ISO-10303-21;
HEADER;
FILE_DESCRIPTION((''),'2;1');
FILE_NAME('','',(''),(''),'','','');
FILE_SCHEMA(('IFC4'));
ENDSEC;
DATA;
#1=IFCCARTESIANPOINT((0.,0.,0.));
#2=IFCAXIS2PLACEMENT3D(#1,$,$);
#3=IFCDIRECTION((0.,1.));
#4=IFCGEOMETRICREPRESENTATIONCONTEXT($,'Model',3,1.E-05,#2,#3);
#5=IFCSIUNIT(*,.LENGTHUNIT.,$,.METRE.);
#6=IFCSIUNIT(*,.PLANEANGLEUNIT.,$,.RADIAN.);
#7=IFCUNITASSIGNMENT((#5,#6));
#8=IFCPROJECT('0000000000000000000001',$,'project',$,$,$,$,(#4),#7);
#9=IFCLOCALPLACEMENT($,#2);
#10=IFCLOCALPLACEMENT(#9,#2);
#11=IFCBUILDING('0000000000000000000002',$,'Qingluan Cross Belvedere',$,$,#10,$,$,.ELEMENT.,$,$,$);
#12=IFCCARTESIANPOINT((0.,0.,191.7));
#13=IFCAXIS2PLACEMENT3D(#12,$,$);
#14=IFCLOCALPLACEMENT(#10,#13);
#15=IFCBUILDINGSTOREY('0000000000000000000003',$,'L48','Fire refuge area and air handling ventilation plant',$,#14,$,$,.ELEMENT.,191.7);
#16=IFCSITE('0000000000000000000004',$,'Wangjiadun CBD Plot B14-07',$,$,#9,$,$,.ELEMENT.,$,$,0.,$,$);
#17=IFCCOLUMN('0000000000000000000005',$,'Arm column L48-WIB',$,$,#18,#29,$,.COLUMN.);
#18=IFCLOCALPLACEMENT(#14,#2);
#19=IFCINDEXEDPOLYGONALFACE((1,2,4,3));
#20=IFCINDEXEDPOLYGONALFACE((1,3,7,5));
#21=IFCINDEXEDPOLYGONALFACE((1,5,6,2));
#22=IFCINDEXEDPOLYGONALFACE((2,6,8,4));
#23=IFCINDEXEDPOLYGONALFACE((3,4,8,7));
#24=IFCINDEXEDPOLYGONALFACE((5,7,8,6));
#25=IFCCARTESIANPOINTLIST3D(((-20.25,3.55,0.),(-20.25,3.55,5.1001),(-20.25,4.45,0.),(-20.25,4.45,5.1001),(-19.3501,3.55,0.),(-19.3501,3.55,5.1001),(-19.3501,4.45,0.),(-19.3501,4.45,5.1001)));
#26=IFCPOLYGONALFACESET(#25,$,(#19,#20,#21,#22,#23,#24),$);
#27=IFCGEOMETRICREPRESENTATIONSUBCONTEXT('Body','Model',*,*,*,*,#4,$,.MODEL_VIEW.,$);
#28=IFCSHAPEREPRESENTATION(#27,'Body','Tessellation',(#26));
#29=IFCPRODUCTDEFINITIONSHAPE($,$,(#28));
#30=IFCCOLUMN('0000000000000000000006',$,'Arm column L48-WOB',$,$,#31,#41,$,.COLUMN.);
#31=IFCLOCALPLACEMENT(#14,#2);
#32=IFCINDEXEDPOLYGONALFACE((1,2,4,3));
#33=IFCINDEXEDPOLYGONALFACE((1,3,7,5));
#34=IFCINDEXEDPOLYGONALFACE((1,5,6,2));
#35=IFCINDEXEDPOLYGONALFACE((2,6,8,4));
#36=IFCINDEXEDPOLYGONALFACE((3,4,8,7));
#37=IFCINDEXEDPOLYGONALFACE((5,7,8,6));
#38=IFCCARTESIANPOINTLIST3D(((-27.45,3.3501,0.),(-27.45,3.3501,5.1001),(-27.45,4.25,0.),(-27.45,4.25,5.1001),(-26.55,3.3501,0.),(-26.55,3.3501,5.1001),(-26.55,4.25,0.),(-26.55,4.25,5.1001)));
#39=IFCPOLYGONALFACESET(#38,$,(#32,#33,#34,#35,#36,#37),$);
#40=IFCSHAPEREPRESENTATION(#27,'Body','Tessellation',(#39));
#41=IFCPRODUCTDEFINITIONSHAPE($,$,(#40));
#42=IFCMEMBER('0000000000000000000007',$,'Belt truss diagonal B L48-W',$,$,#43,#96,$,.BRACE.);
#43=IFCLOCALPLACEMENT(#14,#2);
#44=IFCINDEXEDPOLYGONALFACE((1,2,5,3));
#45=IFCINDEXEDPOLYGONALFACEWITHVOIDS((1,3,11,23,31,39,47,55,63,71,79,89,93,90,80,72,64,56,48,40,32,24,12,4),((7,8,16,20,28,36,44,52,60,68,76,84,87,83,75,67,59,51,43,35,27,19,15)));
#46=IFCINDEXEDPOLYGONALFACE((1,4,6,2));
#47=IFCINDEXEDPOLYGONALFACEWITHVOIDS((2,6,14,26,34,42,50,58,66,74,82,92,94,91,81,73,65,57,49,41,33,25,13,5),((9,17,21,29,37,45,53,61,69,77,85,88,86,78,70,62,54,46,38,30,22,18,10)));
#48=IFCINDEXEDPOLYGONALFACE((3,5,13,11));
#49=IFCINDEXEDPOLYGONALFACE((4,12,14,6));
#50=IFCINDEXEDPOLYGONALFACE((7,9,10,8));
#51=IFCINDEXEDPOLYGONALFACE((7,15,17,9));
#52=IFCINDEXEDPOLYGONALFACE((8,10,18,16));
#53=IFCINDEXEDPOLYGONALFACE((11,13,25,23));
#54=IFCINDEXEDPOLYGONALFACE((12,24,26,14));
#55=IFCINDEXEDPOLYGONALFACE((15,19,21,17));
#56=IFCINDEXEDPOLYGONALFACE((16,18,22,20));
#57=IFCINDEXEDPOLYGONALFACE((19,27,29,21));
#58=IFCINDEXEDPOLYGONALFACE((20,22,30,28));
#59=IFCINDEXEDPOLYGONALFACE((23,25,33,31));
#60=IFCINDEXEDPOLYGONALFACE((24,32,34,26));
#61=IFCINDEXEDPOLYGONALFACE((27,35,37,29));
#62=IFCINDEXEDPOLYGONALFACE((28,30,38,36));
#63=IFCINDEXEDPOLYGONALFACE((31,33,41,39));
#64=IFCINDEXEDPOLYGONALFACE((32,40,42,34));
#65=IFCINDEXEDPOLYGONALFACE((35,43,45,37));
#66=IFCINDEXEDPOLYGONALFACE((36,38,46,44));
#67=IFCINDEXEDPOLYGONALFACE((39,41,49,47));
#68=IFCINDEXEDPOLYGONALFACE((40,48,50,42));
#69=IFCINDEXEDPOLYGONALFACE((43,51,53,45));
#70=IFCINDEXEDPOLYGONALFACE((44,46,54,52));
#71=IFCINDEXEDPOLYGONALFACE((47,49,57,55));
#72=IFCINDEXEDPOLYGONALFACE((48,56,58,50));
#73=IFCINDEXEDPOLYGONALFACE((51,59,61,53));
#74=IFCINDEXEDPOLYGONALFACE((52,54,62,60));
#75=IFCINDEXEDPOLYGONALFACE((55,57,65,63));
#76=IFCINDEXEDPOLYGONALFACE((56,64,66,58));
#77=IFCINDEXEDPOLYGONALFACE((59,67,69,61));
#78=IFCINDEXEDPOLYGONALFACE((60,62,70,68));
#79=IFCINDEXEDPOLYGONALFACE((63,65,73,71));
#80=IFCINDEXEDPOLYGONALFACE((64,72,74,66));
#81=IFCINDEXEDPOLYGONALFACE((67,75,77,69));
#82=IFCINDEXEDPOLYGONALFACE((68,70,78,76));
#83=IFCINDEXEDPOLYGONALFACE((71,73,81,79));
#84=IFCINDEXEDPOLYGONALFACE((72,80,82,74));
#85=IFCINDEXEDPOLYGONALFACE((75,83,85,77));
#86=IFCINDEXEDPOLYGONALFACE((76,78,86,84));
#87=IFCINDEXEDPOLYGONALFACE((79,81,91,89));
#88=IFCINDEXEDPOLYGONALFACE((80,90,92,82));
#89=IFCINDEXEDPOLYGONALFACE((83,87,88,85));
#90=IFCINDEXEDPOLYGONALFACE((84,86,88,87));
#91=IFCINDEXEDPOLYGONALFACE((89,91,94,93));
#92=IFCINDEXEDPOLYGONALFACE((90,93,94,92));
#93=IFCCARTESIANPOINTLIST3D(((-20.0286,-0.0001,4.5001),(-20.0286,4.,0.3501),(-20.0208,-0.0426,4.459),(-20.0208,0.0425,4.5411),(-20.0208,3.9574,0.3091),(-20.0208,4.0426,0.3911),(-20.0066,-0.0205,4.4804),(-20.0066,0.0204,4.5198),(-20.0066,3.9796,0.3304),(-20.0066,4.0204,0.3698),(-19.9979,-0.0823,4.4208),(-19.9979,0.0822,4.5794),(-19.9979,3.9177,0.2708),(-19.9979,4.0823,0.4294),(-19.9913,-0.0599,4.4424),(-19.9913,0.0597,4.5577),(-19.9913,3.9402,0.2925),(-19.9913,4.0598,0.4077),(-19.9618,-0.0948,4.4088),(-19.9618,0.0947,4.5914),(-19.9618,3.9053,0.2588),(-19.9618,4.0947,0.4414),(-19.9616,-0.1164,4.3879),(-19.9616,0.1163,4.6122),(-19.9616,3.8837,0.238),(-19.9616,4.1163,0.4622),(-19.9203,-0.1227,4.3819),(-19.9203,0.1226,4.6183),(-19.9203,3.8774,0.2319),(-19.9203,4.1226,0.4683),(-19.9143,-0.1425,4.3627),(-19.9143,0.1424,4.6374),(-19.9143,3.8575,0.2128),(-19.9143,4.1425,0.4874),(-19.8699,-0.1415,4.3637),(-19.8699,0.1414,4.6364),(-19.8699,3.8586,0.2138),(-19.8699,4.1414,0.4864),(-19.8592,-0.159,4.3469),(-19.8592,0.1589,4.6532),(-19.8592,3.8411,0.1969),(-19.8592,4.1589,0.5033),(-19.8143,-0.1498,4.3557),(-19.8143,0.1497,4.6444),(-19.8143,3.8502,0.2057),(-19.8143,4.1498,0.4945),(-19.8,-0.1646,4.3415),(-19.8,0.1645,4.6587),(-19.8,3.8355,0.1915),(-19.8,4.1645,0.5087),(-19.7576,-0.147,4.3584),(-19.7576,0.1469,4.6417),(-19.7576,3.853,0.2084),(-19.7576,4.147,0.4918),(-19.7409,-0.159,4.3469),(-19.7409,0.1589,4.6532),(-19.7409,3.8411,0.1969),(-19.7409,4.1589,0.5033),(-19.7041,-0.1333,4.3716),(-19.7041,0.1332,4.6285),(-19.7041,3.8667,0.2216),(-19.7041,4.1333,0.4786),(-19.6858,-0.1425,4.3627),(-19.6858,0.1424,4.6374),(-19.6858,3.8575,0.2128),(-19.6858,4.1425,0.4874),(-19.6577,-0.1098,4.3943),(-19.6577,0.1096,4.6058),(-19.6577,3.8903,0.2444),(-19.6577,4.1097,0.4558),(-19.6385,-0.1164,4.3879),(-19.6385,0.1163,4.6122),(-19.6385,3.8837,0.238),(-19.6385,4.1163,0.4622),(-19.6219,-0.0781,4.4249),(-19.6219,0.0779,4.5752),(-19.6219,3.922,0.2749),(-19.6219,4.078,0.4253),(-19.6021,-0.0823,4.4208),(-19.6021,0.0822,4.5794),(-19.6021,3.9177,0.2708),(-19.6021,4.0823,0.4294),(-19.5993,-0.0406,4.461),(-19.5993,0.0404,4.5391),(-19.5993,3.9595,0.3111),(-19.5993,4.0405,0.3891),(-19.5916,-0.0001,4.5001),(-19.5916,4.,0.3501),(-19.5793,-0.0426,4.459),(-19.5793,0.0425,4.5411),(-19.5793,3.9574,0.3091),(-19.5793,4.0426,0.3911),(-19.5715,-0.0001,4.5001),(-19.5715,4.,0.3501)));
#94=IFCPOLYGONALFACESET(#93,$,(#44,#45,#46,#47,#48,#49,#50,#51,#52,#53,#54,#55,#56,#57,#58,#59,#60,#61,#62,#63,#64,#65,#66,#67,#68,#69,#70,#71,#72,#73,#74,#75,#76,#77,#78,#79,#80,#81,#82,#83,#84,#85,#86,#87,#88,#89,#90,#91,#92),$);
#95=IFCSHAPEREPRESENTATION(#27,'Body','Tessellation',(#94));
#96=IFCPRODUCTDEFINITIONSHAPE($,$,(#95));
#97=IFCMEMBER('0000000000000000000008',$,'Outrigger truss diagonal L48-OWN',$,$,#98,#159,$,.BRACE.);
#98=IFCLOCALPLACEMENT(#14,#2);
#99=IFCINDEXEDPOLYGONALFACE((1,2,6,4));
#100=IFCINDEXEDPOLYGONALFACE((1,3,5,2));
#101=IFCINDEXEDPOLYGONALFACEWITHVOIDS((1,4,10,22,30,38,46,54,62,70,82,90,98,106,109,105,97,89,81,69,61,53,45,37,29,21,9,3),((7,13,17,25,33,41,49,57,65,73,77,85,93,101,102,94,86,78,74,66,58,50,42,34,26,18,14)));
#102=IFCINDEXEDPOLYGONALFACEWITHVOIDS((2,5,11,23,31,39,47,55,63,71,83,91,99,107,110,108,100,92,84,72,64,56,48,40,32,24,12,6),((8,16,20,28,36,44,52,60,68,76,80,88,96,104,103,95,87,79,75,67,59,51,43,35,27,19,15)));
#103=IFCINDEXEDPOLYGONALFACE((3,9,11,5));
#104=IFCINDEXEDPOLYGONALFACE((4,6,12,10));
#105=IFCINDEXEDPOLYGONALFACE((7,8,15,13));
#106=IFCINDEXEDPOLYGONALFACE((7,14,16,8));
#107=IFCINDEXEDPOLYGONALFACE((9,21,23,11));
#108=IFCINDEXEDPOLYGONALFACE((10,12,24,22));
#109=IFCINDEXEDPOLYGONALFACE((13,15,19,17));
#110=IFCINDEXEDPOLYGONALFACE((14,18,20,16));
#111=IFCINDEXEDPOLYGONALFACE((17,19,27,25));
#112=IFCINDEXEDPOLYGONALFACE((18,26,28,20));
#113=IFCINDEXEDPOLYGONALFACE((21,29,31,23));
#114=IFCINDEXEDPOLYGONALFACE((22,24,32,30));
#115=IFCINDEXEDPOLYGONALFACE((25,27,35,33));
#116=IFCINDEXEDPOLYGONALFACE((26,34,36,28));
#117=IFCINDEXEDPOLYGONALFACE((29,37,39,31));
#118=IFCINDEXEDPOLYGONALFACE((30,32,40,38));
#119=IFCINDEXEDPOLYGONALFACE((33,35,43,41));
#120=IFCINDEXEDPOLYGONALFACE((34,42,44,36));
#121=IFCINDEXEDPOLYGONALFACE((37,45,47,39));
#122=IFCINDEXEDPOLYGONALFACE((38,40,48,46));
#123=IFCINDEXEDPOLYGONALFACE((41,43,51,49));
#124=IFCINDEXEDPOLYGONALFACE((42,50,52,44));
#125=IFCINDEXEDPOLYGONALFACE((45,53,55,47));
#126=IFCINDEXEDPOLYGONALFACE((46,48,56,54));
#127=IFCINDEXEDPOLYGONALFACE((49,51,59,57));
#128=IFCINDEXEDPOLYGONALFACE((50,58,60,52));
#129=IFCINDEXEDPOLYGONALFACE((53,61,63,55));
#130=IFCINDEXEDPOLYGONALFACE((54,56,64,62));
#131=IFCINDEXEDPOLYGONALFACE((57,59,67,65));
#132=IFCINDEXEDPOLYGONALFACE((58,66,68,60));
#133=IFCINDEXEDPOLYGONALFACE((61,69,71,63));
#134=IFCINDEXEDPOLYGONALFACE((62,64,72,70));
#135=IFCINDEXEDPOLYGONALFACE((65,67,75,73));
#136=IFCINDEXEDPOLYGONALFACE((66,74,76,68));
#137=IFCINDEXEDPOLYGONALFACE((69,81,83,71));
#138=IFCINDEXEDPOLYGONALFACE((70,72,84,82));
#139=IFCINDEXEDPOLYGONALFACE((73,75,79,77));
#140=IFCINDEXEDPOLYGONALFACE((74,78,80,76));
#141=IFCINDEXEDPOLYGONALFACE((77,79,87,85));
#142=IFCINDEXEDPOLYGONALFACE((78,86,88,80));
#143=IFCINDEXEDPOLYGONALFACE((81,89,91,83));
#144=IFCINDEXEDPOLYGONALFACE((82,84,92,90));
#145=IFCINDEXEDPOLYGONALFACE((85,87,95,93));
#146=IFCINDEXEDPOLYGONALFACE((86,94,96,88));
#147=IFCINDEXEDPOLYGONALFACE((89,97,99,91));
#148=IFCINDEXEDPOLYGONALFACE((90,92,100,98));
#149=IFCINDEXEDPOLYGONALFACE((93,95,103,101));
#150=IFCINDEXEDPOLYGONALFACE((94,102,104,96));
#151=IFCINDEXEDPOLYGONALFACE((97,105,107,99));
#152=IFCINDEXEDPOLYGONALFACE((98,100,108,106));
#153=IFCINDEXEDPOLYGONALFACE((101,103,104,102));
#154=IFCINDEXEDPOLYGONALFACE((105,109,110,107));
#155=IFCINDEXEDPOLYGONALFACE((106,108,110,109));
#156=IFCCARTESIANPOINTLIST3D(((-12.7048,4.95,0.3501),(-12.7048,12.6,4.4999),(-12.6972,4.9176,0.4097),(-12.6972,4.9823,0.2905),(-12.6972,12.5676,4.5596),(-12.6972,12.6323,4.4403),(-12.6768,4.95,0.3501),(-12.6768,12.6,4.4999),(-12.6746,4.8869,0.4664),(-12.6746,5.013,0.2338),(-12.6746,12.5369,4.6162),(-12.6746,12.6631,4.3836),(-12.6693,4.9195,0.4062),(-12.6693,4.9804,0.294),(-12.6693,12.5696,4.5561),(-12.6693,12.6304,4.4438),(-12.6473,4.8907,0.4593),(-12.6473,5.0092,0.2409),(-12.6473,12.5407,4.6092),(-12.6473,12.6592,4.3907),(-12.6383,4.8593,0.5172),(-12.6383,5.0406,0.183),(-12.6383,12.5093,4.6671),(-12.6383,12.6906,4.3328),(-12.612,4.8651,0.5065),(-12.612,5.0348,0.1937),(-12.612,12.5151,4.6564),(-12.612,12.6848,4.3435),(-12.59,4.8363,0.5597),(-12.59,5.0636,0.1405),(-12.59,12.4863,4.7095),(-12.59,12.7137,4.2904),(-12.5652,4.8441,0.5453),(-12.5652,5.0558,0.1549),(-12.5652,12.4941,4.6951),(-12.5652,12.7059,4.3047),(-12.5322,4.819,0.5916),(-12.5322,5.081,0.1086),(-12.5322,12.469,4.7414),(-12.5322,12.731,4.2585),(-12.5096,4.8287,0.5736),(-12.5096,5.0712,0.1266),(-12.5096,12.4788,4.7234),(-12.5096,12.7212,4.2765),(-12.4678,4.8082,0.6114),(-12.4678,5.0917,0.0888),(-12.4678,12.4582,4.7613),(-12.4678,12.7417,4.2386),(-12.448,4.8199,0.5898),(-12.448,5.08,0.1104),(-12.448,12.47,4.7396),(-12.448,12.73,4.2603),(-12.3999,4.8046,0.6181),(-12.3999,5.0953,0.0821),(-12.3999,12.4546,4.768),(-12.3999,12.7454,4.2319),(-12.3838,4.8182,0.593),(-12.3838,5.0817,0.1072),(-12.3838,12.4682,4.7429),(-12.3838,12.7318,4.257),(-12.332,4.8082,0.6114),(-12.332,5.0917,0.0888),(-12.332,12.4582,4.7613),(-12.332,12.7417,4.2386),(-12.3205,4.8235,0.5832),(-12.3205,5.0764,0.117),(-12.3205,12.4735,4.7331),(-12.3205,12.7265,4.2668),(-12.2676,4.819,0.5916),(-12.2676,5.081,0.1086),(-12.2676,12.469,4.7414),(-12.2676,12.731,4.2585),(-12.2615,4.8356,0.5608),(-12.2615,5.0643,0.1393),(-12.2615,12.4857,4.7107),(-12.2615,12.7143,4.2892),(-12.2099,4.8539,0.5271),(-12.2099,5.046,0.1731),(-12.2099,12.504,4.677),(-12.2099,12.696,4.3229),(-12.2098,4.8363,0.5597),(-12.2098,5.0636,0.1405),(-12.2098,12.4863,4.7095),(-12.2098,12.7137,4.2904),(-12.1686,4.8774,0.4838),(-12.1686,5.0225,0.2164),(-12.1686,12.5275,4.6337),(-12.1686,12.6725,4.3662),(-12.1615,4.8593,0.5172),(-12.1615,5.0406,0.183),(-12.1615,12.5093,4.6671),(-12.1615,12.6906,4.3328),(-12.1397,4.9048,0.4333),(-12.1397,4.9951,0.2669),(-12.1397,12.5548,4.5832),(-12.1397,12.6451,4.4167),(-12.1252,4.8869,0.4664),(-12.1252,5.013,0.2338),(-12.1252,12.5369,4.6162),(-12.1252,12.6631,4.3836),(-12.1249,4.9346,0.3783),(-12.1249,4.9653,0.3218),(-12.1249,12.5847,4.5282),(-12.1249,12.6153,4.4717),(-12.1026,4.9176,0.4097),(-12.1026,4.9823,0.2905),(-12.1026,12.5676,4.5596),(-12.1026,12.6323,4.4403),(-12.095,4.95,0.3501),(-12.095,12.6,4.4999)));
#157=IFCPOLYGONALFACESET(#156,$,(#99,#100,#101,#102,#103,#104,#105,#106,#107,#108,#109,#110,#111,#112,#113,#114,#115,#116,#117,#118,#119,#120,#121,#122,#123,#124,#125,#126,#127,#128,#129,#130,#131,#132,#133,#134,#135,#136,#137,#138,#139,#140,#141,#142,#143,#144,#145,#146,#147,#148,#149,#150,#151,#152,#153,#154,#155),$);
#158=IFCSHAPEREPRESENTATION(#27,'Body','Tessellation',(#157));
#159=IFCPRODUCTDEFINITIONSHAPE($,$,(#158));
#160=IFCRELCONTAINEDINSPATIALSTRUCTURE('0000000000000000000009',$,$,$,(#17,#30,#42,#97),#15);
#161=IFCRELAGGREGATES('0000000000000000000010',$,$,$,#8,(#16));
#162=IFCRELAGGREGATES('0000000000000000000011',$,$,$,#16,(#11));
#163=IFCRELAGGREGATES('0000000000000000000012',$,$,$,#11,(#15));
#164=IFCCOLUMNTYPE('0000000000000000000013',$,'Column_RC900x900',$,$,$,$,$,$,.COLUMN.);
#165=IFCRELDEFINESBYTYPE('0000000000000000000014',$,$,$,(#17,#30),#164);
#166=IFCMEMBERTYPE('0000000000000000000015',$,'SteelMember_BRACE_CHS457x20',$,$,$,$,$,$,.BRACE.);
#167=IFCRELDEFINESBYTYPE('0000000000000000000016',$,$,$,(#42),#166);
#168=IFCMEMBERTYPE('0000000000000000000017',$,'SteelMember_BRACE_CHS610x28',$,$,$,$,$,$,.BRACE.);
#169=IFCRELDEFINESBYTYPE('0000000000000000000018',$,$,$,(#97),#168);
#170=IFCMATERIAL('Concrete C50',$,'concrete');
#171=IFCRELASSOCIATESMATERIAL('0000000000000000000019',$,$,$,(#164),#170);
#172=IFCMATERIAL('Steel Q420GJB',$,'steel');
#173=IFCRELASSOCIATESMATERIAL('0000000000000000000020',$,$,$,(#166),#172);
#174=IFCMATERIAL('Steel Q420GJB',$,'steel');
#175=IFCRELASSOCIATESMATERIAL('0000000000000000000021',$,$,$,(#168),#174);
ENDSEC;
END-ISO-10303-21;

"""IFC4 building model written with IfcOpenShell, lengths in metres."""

from ifc_helpers import new_model, si_unit, direction, frame, origin, origin_2d, place, context, subcontext, project, spatial, rectangle, hollow_circle, extrude, material, material_profile, profile_set, type_object, element, save


model = new_model("IFC4")

# Units and contexts
model_context = context("Model", 3, precision=1e-05, world=origin(), true_north=direction((0.0, 1.0)))
body_context = subcontext(model_context, "Body", "Model", "MODEL_VIEW")
ifc_project = project(units=[si_unit("LENGTHUNIT", "METRE"), si_unit("PLANEANGLEUNIT", "RADIAN")], contexts=[model_context])

# Site, building, storey
site_placement = place(None, origin())
site = spatial("IfcSite", under=ifc_project, at=site_placement, Name="Wangjiadun CBD Plot B14-07", CompositionType="ELEMENT", RefElevation=0.0)
building_placement = place(site_placement, origin())
building = spatial("IfcBuilding", under=site, at=building_placement, Name="Qingluan Cross Belvedere", CompositionType="ELEMENT")
storey_placement = place(building_placement, frame((0.0, 0.0, 191.7)))
storey = spatial("IfcBuildingStorey", under=building, at=storey_placement, Name="L48", Description="Fire refuge area and air handling ventilation plant", CompositionType="ELEMENT", Elevation=191.7)

# Columns
ifc_material_1 = material(Name="Concrete C50", Category="concrete")
ifc_material_profile_1 = material_profile(ifc_material_1, rectangle(XDim=0.8999, YDim=0.8999, at=origin_2d()), Name="RC900x900")
ifc_profile_set_1 = profile_set([ifc_material_profile_1], Name="Concrete C50")
column_type = type_object("IfcColumnType", Name="Column_RC900x900", PredefinedType="COLUMN", material=ifc_profile_set_1)
for number, where, z_axis, x_axis, name in (
    (1, (-19.8, 4.0, 0.0), (0.0, 0.0, 1.0), (1.0, 0.0, 0.0), "Arm column L48-WIB"),
    (2, (-27.0, 3.8, 0.0), (0.0, 0.0, 1.0), (1.0, 0.0, 0.0), "Arm column L48-WOB"),
):
    element("IfcColumn", number, at=place(storey_placement, frame(where, z_axis=z_axis, x_axis=x_axis)), inside=storey, type_object=column_type, Name=name, PredefinedType="COLUMN", context=body_context, shape_type="SweptSolid", body=[
        extrude(rectangle(XDim=0.8999, YDim=0.8999, at=origin_2d()), origin(), (0.0, 0.0, 1.0), 5.1001),
    ])

# Members
ifc_material_2 = material(Name="Steel Q420GJB", Category="steel")
ifc_material_profile_2 = material_profile(ifc_material_2, hollow_circle(Radius=0.2285, WallThickness=0.02, at=origin_2d()), Name="CHS457x20")
ifc_profile_set_2 = profile_set([ifc_material_profile_2], Name="Steel Q420GJB")
member_type_1 = type_object("IfcMemberType", Name="SteelMember_BRACE_CHS457x20", PredefinedType="BRACE", material=ifc_profile_set_2)
member_1_placement = place(storey_placement, frame((-19.8, 4.0, 0.3501), z_axis=(0.0, -0.693983, 0.719991), x_axis=(1.0, 0.0, 0.0)))
element("IfcMember", 3, at=member_1_placement, inside=storey, type_object=member_type_1, Name="Belt truss diagonal B L48-W", PredefinedType="BRACE", context=body_context, shape_type="SweptSolid", body=[
    extrude(hollow_circle(Radius=0.2285, WallThickness=0.02, at=origin_2d()), origin(), (0.0, 0.0, 1.0), 5.7639),
])
ifc_material_3 = material(Name="Steel Q420GJB", Category="steel")
ifc_material_profile_3 = material_profile(ifc_material_3, hollow_circle(Radius=0.3049, WallThickness=0.0281, at=origin_2d()), Name="CHS610x28")
ifc_profile_set_3 = profile_set([ifc_material_profile_3], Name="Steel Q420GJB")
member_type_2 = type_object("IfcMemberType", Name="SteelMember_BRACE_CHS610x28", PredefinedType="BRACE", material=ifc_profile_set_3)
member_2_placement = place(storey_placement, frame((-12.3999, 4.95, 0.3501), z_axis=(0.0, 0.879, 0.476823), x_axis=(-1.0, 0.0, 0.0)))
element("IfcMember", 4, at=member_2_placement, inside=storey, type_object=member_type_2, Name="Outrigger truss diagonal L48-OWN", PredefinedType="BRACE", context=body_context, shape_type="SweptSolid", body=[
    extrude(hollow_circle(Radius=0.3049, WallThickness=0.0281, at=origin_2d()), origin(), (0.0, 0.0, 1.0), 8.7031),
])

save(model, "model.ifc")
